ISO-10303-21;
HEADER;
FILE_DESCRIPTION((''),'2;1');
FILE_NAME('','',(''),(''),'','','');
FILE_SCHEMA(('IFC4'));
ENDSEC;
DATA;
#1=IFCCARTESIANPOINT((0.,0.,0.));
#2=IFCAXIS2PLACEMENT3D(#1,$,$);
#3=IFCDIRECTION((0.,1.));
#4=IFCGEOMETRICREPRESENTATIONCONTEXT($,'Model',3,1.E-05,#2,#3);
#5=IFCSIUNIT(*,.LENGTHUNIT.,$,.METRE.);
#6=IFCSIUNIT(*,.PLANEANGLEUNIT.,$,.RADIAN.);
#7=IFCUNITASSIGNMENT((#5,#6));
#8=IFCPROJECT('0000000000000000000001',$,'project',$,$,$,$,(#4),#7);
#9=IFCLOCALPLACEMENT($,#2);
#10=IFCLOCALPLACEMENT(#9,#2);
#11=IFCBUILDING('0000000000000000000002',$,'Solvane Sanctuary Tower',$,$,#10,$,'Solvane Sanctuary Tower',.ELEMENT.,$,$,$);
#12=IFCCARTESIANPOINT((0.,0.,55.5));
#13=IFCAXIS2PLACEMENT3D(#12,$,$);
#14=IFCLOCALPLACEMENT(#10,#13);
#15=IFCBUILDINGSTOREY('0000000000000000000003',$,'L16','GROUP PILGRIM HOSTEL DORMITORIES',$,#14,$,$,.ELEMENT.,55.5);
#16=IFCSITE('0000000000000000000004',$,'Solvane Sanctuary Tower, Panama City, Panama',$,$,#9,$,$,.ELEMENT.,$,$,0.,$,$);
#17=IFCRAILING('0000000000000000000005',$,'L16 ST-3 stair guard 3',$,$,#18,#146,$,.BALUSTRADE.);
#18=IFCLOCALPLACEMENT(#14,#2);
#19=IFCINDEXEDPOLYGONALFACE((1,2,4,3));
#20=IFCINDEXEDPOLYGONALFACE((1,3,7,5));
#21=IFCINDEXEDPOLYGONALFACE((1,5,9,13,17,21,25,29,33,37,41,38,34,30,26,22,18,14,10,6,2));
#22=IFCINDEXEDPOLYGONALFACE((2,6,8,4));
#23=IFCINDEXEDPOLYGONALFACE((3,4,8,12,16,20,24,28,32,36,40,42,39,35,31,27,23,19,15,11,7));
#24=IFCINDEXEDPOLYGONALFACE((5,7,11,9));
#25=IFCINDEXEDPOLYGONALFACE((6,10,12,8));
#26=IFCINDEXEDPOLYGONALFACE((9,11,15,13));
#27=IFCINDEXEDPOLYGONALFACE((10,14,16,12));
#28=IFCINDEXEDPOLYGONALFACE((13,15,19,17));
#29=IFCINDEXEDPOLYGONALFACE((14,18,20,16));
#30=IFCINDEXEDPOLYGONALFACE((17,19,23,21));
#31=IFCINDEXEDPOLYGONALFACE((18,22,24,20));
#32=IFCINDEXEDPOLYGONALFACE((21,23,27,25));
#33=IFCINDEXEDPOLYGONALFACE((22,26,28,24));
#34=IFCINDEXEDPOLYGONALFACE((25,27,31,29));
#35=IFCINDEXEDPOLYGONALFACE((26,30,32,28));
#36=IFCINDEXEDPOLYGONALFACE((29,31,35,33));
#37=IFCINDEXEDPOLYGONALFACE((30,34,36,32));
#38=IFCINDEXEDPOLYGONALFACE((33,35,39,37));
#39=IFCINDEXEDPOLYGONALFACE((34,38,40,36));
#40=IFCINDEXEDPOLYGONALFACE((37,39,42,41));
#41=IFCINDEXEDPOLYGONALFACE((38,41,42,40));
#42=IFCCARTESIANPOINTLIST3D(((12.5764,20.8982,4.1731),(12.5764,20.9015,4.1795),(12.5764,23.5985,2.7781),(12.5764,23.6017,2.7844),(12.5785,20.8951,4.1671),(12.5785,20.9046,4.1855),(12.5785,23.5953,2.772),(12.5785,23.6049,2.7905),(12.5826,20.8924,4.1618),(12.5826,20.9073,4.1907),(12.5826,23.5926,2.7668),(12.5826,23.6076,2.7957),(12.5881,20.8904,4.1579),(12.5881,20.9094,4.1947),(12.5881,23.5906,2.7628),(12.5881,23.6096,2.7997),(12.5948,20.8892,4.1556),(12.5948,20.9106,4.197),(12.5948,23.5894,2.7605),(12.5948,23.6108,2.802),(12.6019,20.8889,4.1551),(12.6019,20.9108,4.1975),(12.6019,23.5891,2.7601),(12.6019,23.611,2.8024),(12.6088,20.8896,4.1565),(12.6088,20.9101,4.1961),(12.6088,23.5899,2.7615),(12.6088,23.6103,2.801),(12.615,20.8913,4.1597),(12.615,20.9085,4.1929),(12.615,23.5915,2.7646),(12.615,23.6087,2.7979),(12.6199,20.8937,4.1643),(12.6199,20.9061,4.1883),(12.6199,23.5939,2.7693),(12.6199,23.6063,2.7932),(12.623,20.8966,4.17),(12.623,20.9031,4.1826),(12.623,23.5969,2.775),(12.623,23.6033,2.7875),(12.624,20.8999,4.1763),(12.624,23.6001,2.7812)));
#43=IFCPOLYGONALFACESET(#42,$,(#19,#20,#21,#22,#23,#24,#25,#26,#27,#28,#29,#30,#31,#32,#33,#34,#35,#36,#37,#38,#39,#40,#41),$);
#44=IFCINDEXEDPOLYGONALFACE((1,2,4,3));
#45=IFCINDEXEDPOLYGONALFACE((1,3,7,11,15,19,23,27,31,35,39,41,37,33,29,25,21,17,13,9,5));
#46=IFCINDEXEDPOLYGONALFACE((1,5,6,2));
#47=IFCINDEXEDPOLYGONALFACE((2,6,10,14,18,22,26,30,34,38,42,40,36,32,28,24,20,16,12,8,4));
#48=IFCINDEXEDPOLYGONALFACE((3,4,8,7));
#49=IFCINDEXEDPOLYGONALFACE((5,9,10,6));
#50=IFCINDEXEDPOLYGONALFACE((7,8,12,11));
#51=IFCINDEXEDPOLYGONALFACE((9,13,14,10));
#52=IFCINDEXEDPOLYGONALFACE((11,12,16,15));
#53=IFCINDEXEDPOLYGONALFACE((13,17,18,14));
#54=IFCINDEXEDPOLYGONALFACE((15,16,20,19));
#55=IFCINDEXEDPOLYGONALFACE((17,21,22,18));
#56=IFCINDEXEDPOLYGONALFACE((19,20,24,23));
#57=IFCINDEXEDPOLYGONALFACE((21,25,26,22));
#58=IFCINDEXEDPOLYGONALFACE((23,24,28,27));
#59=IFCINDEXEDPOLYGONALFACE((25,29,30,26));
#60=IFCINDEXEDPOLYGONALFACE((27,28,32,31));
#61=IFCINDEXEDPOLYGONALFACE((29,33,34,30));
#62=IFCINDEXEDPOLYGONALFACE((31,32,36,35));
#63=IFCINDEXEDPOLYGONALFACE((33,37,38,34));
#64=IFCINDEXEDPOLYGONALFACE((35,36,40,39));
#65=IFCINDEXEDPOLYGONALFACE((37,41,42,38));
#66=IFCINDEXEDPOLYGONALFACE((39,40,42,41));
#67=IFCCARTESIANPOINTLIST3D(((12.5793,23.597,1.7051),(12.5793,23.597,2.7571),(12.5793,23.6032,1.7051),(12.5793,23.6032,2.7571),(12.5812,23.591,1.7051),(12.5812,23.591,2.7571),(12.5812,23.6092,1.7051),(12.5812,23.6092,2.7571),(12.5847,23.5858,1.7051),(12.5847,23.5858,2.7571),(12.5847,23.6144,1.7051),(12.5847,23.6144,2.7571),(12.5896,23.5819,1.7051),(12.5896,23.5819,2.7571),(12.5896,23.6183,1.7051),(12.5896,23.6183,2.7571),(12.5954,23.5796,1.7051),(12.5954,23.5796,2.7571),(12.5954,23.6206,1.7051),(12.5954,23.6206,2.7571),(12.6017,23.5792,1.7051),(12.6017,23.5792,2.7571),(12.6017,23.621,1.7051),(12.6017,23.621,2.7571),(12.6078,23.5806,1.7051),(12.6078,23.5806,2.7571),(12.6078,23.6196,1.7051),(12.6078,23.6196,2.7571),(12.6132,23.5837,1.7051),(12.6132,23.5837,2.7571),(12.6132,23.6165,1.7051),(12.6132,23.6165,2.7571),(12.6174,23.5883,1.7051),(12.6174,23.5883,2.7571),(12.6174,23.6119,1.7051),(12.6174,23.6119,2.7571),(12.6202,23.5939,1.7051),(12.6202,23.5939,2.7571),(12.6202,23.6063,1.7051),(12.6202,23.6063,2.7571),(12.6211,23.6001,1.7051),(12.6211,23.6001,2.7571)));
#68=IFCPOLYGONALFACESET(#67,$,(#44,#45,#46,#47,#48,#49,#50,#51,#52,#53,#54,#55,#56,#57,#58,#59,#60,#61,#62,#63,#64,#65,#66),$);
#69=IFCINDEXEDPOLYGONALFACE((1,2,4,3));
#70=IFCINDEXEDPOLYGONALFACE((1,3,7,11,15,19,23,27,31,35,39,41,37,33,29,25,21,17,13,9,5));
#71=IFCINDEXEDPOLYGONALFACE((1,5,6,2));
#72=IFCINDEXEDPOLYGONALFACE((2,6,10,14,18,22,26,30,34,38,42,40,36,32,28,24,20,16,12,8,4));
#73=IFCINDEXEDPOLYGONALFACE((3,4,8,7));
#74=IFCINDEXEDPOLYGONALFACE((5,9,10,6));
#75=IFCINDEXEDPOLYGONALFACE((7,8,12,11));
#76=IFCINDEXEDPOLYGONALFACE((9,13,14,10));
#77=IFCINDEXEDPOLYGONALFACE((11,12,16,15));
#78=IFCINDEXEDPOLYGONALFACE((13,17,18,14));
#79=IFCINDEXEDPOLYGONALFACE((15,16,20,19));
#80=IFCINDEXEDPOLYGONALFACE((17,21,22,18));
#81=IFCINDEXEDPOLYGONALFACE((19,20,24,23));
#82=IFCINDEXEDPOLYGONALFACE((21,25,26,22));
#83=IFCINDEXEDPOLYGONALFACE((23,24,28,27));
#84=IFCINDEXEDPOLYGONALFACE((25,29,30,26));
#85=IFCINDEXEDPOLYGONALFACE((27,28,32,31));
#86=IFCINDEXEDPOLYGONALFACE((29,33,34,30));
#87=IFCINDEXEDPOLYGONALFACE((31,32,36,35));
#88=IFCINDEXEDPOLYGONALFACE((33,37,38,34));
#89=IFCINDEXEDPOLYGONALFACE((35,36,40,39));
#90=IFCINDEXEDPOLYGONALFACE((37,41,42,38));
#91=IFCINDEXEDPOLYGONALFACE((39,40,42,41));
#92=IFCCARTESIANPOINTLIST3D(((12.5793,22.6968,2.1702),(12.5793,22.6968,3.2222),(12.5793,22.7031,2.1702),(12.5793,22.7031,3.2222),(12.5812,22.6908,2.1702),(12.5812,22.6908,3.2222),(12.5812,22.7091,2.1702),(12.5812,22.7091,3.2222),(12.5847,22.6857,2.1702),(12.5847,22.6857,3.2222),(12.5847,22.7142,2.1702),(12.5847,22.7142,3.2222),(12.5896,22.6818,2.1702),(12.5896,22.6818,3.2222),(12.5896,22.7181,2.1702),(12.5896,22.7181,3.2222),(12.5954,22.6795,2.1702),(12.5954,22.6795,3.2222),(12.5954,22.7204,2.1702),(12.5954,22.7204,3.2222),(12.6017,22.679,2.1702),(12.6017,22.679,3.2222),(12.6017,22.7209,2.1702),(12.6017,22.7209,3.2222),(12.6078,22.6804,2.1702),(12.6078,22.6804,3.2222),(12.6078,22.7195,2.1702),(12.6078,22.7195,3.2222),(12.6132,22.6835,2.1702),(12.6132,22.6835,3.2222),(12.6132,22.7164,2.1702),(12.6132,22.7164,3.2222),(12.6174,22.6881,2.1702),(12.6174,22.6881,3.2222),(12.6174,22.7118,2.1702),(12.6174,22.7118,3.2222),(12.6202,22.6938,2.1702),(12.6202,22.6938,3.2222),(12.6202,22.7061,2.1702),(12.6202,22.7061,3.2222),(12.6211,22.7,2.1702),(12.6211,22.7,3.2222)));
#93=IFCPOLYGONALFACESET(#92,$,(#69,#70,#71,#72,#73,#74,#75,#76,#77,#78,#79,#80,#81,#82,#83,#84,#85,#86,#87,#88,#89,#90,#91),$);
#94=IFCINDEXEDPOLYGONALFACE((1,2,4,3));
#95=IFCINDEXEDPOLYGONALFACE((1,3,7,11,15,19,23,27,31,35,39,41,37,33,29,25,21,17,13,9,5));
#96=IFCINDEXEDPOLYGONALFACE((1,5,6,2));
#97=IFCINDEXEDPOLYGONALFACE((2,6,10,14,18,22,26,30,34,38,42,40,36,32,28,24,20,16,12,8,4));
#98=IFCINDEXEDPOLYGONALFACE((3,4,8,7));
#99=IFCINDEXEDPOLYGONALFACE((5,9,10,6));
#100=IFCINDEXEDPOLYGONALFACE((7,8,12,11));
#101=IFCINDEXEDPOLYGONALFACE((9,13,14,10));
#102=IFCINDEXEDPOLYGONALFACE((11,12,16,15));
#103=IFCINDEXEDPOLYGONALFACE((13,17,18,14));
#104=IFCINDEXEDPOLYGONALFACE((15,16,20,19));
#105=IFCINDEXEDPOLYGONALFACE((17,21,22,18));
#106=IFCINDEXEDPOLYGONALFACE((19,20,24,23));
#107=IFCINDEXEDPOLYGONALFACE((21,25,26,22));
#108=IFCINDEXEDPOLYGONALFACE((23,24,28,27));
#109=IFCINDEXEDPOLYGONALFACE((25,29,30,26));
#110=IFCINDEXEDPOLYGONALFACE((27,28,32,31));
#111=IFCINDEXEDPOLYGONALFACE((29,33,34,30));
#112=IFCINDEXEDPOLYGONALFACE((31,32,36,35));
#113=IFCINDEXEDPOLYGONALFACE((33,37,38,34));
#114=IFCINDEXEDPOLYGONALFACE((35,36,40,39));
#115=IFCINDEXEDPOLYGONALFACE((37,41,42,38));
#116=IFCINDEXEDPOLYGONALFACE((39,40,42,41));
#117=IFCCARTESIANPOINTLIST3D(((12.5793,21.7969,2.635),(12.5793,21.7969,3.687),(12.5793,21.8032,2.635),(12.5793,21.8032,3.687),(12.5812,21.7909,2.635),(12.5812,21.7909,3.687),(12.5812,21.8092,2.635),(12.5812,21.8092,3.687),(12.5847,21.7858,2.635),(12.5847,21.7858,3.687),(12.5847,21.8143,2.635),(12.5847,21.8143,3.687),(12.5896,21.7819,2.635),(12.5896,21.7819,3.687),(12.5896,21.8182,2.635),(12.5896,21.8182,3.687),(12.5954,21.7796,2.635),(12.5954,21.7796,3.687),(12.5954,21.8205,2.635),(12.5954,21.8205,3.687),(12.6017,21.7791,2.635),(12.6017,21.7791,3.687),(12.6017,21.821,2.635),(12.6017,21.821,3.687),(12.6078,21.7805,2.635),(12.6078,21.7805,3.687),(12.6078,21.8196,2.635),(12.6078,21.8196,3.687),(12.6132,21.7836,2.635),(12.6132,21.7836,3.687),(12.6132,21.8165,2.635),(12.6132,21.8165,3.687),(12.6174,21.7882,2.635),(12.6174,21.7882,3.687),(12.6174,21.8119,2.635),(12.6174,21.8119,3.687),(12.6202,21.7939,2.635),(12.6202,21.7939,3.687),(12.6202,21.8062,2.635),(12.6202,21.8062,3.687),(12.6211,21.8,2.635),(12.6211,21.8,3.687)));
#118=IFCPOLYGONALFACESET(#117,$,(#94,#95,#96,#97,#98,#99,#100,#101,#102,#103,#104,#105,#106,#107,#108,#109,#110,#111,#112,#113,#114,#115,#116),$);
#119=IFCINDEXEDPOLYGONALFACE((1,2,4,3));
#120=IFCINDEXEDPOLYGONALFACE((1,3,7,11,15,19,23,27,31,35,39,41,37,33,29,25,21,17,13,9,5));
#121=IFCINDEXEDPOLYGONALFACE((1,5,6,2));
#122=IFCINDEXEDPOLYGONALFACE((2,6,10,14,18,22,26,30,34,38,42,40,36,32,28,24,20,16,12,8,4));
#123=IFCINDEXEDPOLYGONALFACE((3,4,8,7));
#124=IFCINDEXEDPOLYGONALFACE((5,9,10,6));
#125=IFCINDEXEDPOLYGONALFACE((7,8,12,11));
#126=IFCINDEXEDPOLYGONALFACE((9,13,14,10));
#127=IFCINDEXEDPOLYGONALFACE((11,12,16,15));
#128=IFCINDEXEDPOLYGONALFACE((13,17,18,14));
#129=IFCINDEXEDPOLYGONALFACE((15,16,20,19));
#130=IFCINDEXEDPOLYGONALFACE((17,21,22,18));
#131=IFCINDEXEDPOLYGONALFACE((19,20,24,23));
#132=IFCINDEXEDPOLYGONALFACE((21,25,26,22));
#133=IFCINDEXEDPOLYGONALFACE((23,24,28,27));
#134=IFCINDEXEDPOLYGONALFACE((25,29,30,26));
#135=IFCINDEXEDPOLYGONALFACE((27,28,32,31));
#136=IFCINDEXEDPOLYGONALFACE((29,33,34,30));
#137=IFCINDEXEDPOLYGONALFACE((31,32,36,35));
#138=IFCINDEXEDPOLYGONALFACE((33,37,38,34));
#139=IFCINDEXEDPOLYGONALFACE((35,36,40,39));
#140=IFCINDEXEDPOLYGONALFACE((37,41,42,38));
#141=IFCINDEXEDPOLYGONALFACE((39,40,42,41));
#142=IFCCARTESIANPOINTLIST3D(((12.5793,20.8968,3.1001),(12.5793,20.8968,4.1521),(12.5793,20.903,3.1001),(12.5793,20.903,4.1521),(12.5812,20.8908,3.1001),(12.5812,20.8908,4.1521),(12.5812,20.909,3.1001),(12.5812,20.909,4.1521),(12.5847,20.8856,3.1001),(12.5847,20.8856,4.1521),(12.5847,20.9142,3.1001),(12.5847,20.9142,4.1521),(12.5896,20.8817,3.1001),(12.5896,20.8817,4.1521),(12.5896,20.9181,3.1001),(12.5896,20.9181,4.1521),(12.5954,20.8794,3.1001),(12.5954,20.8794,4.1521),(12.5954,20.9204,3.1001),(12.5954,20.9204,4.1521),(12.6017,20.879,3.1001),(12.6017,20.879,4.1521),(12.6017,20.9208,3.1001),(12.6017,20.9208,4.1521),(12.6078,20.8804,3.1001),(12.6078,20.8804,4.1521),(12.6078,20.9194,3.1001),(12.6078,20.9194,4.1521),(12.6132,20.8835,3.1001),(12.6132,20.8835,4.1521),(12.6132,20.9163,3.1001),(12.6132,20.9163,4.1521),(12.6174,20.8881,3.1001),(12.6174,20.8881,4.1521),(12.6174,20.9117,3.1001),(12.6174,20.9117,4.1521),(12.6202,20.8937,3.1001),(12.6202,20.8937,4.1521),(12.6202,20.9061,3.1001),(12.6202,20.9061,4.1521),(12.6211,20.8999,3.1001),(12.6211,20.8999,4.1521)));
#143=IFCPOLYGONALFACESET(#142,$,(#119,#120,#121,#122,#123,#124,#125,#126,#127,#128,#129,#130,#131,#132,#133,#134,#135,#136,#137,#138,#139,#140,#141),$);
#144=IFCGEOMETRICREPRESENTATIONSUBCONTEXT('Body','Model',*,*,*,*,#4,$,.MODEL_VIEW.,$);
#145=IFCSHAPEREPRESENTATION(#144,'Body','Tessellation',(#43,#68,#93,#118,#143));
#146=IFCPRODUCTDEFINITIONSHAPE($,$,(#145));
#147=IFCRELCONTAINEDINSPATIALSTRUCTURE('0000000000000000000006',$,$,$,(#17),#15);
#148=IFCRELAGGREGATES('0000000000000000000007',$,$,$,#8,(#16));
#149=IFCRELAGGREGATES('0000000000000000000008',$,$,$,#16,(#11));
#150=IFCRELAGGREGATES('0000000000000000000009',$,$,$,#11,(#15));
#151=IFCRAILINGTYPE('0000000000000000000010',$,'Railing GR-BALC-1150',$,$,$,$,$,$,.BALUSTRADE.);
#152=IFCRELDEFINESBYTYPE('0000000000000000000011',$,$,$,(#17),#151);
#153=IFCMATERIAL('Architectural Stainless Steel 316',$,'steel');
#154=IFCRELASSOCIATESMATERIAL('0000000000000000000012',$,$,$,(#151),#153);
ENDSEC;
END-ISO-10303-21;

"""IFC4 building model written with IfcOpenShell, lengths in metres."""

from ifc_helpers import new_model, si_unit, direction, frame, origin, origin_2d, place, context, subcontext, project, spatial, circle, extrude, material, type_object, element, save


model = new_model("IFC4")

# Units and contexts
model_context = context("Model", 3, precision=1e-05, world=origin(), true_north=direction((0.0, 1.0)))
body_context = subcontext(model_context, "Body", "Model", "MODEL_VIEW")
ifc_project = project(units=[si_unit("LENGTHUNIT", "METRE"), si_unit("PLANEANGLEUNIT", "RADIAN")], contexts=[model_context])

# Site, building, storey
site_placement = place(None, origin())
site = spatial("IfcSite", under=ifc_project, at=site_placement, Name="Solvane Sanctuary Tower, Panama City, Panama", CompositionType="ELEMENT", RefElevation=0.0)
building_placement = place(site_placement, origin())
building = spatial("IfcBuilding", under=site, at=building_placement, Name="Solvane Sanctuary Tower", LongName="Solvane Sanctuary Tower", CompositionType="ELEMENT")
storey_placement = place(building_placement, frame((0.0, 0.0, 55.5)))
storey = spatial("IfcBuildingStorey", under=building, at=storey_placement, Name="L16", Description="GROUP PILGRIM HOSTEL DORMITORIES", CompositionType="ELEMENT", Elevation=55.5)

# Railing
ifc_material_1 = material(Name="Architectural Stainless Steel 316", Category="steel")
railing_type_1 = type_object("IfcRailingType", Name="Railing GR-BALC-1150", PredefinedType="BALUSTRADE", material=ifc_material_1)
railing_1_placement = place(storey_placement, frame((12.6001, 23.6001, 1.7051)))
element("IfcRailing", 1, at=railing_1_placement, inside=storey, type_object=railing_type_1, Name="L16 ST-3 stair guard 3", PredefinedType="BALUSTRADE", context=body_context, shape_type="SweptSolid", body=[
    extrude(circle(Radius=0.0239, at=origin_2d()), frame((0.0, 0.0, 1.0762), z_axis=(0.0, -0.888437, 0.458999), x_axis=(1.0, 0.0, 0.0)), (0.0, 0.0, 1.0), 3.0393),
    extrude(circle(Radius=0.021, at=origin_2d()), origin(), (0.0, 0.0, 1.0), 1.052),
    extrude(circle(Radius=0.021, at=origin_2d()), frame((0.0, -0.9001, 0.4651)), (0.0, 0.0, 1.0), 1.052),
    extrude(circle(Radius=0.021, at=origin_2d()), frame((0.0, -1.8, 0.9299)), (0.0, 0.0, 1.0), 1.052),
    extrude(circle(Radius=0.021, at=origin_2d()), frame((0.0, -2.7002, 1.395)), (0.0, 0.0, 1.0), 1.052),
])

save(model, "model.ifc")
